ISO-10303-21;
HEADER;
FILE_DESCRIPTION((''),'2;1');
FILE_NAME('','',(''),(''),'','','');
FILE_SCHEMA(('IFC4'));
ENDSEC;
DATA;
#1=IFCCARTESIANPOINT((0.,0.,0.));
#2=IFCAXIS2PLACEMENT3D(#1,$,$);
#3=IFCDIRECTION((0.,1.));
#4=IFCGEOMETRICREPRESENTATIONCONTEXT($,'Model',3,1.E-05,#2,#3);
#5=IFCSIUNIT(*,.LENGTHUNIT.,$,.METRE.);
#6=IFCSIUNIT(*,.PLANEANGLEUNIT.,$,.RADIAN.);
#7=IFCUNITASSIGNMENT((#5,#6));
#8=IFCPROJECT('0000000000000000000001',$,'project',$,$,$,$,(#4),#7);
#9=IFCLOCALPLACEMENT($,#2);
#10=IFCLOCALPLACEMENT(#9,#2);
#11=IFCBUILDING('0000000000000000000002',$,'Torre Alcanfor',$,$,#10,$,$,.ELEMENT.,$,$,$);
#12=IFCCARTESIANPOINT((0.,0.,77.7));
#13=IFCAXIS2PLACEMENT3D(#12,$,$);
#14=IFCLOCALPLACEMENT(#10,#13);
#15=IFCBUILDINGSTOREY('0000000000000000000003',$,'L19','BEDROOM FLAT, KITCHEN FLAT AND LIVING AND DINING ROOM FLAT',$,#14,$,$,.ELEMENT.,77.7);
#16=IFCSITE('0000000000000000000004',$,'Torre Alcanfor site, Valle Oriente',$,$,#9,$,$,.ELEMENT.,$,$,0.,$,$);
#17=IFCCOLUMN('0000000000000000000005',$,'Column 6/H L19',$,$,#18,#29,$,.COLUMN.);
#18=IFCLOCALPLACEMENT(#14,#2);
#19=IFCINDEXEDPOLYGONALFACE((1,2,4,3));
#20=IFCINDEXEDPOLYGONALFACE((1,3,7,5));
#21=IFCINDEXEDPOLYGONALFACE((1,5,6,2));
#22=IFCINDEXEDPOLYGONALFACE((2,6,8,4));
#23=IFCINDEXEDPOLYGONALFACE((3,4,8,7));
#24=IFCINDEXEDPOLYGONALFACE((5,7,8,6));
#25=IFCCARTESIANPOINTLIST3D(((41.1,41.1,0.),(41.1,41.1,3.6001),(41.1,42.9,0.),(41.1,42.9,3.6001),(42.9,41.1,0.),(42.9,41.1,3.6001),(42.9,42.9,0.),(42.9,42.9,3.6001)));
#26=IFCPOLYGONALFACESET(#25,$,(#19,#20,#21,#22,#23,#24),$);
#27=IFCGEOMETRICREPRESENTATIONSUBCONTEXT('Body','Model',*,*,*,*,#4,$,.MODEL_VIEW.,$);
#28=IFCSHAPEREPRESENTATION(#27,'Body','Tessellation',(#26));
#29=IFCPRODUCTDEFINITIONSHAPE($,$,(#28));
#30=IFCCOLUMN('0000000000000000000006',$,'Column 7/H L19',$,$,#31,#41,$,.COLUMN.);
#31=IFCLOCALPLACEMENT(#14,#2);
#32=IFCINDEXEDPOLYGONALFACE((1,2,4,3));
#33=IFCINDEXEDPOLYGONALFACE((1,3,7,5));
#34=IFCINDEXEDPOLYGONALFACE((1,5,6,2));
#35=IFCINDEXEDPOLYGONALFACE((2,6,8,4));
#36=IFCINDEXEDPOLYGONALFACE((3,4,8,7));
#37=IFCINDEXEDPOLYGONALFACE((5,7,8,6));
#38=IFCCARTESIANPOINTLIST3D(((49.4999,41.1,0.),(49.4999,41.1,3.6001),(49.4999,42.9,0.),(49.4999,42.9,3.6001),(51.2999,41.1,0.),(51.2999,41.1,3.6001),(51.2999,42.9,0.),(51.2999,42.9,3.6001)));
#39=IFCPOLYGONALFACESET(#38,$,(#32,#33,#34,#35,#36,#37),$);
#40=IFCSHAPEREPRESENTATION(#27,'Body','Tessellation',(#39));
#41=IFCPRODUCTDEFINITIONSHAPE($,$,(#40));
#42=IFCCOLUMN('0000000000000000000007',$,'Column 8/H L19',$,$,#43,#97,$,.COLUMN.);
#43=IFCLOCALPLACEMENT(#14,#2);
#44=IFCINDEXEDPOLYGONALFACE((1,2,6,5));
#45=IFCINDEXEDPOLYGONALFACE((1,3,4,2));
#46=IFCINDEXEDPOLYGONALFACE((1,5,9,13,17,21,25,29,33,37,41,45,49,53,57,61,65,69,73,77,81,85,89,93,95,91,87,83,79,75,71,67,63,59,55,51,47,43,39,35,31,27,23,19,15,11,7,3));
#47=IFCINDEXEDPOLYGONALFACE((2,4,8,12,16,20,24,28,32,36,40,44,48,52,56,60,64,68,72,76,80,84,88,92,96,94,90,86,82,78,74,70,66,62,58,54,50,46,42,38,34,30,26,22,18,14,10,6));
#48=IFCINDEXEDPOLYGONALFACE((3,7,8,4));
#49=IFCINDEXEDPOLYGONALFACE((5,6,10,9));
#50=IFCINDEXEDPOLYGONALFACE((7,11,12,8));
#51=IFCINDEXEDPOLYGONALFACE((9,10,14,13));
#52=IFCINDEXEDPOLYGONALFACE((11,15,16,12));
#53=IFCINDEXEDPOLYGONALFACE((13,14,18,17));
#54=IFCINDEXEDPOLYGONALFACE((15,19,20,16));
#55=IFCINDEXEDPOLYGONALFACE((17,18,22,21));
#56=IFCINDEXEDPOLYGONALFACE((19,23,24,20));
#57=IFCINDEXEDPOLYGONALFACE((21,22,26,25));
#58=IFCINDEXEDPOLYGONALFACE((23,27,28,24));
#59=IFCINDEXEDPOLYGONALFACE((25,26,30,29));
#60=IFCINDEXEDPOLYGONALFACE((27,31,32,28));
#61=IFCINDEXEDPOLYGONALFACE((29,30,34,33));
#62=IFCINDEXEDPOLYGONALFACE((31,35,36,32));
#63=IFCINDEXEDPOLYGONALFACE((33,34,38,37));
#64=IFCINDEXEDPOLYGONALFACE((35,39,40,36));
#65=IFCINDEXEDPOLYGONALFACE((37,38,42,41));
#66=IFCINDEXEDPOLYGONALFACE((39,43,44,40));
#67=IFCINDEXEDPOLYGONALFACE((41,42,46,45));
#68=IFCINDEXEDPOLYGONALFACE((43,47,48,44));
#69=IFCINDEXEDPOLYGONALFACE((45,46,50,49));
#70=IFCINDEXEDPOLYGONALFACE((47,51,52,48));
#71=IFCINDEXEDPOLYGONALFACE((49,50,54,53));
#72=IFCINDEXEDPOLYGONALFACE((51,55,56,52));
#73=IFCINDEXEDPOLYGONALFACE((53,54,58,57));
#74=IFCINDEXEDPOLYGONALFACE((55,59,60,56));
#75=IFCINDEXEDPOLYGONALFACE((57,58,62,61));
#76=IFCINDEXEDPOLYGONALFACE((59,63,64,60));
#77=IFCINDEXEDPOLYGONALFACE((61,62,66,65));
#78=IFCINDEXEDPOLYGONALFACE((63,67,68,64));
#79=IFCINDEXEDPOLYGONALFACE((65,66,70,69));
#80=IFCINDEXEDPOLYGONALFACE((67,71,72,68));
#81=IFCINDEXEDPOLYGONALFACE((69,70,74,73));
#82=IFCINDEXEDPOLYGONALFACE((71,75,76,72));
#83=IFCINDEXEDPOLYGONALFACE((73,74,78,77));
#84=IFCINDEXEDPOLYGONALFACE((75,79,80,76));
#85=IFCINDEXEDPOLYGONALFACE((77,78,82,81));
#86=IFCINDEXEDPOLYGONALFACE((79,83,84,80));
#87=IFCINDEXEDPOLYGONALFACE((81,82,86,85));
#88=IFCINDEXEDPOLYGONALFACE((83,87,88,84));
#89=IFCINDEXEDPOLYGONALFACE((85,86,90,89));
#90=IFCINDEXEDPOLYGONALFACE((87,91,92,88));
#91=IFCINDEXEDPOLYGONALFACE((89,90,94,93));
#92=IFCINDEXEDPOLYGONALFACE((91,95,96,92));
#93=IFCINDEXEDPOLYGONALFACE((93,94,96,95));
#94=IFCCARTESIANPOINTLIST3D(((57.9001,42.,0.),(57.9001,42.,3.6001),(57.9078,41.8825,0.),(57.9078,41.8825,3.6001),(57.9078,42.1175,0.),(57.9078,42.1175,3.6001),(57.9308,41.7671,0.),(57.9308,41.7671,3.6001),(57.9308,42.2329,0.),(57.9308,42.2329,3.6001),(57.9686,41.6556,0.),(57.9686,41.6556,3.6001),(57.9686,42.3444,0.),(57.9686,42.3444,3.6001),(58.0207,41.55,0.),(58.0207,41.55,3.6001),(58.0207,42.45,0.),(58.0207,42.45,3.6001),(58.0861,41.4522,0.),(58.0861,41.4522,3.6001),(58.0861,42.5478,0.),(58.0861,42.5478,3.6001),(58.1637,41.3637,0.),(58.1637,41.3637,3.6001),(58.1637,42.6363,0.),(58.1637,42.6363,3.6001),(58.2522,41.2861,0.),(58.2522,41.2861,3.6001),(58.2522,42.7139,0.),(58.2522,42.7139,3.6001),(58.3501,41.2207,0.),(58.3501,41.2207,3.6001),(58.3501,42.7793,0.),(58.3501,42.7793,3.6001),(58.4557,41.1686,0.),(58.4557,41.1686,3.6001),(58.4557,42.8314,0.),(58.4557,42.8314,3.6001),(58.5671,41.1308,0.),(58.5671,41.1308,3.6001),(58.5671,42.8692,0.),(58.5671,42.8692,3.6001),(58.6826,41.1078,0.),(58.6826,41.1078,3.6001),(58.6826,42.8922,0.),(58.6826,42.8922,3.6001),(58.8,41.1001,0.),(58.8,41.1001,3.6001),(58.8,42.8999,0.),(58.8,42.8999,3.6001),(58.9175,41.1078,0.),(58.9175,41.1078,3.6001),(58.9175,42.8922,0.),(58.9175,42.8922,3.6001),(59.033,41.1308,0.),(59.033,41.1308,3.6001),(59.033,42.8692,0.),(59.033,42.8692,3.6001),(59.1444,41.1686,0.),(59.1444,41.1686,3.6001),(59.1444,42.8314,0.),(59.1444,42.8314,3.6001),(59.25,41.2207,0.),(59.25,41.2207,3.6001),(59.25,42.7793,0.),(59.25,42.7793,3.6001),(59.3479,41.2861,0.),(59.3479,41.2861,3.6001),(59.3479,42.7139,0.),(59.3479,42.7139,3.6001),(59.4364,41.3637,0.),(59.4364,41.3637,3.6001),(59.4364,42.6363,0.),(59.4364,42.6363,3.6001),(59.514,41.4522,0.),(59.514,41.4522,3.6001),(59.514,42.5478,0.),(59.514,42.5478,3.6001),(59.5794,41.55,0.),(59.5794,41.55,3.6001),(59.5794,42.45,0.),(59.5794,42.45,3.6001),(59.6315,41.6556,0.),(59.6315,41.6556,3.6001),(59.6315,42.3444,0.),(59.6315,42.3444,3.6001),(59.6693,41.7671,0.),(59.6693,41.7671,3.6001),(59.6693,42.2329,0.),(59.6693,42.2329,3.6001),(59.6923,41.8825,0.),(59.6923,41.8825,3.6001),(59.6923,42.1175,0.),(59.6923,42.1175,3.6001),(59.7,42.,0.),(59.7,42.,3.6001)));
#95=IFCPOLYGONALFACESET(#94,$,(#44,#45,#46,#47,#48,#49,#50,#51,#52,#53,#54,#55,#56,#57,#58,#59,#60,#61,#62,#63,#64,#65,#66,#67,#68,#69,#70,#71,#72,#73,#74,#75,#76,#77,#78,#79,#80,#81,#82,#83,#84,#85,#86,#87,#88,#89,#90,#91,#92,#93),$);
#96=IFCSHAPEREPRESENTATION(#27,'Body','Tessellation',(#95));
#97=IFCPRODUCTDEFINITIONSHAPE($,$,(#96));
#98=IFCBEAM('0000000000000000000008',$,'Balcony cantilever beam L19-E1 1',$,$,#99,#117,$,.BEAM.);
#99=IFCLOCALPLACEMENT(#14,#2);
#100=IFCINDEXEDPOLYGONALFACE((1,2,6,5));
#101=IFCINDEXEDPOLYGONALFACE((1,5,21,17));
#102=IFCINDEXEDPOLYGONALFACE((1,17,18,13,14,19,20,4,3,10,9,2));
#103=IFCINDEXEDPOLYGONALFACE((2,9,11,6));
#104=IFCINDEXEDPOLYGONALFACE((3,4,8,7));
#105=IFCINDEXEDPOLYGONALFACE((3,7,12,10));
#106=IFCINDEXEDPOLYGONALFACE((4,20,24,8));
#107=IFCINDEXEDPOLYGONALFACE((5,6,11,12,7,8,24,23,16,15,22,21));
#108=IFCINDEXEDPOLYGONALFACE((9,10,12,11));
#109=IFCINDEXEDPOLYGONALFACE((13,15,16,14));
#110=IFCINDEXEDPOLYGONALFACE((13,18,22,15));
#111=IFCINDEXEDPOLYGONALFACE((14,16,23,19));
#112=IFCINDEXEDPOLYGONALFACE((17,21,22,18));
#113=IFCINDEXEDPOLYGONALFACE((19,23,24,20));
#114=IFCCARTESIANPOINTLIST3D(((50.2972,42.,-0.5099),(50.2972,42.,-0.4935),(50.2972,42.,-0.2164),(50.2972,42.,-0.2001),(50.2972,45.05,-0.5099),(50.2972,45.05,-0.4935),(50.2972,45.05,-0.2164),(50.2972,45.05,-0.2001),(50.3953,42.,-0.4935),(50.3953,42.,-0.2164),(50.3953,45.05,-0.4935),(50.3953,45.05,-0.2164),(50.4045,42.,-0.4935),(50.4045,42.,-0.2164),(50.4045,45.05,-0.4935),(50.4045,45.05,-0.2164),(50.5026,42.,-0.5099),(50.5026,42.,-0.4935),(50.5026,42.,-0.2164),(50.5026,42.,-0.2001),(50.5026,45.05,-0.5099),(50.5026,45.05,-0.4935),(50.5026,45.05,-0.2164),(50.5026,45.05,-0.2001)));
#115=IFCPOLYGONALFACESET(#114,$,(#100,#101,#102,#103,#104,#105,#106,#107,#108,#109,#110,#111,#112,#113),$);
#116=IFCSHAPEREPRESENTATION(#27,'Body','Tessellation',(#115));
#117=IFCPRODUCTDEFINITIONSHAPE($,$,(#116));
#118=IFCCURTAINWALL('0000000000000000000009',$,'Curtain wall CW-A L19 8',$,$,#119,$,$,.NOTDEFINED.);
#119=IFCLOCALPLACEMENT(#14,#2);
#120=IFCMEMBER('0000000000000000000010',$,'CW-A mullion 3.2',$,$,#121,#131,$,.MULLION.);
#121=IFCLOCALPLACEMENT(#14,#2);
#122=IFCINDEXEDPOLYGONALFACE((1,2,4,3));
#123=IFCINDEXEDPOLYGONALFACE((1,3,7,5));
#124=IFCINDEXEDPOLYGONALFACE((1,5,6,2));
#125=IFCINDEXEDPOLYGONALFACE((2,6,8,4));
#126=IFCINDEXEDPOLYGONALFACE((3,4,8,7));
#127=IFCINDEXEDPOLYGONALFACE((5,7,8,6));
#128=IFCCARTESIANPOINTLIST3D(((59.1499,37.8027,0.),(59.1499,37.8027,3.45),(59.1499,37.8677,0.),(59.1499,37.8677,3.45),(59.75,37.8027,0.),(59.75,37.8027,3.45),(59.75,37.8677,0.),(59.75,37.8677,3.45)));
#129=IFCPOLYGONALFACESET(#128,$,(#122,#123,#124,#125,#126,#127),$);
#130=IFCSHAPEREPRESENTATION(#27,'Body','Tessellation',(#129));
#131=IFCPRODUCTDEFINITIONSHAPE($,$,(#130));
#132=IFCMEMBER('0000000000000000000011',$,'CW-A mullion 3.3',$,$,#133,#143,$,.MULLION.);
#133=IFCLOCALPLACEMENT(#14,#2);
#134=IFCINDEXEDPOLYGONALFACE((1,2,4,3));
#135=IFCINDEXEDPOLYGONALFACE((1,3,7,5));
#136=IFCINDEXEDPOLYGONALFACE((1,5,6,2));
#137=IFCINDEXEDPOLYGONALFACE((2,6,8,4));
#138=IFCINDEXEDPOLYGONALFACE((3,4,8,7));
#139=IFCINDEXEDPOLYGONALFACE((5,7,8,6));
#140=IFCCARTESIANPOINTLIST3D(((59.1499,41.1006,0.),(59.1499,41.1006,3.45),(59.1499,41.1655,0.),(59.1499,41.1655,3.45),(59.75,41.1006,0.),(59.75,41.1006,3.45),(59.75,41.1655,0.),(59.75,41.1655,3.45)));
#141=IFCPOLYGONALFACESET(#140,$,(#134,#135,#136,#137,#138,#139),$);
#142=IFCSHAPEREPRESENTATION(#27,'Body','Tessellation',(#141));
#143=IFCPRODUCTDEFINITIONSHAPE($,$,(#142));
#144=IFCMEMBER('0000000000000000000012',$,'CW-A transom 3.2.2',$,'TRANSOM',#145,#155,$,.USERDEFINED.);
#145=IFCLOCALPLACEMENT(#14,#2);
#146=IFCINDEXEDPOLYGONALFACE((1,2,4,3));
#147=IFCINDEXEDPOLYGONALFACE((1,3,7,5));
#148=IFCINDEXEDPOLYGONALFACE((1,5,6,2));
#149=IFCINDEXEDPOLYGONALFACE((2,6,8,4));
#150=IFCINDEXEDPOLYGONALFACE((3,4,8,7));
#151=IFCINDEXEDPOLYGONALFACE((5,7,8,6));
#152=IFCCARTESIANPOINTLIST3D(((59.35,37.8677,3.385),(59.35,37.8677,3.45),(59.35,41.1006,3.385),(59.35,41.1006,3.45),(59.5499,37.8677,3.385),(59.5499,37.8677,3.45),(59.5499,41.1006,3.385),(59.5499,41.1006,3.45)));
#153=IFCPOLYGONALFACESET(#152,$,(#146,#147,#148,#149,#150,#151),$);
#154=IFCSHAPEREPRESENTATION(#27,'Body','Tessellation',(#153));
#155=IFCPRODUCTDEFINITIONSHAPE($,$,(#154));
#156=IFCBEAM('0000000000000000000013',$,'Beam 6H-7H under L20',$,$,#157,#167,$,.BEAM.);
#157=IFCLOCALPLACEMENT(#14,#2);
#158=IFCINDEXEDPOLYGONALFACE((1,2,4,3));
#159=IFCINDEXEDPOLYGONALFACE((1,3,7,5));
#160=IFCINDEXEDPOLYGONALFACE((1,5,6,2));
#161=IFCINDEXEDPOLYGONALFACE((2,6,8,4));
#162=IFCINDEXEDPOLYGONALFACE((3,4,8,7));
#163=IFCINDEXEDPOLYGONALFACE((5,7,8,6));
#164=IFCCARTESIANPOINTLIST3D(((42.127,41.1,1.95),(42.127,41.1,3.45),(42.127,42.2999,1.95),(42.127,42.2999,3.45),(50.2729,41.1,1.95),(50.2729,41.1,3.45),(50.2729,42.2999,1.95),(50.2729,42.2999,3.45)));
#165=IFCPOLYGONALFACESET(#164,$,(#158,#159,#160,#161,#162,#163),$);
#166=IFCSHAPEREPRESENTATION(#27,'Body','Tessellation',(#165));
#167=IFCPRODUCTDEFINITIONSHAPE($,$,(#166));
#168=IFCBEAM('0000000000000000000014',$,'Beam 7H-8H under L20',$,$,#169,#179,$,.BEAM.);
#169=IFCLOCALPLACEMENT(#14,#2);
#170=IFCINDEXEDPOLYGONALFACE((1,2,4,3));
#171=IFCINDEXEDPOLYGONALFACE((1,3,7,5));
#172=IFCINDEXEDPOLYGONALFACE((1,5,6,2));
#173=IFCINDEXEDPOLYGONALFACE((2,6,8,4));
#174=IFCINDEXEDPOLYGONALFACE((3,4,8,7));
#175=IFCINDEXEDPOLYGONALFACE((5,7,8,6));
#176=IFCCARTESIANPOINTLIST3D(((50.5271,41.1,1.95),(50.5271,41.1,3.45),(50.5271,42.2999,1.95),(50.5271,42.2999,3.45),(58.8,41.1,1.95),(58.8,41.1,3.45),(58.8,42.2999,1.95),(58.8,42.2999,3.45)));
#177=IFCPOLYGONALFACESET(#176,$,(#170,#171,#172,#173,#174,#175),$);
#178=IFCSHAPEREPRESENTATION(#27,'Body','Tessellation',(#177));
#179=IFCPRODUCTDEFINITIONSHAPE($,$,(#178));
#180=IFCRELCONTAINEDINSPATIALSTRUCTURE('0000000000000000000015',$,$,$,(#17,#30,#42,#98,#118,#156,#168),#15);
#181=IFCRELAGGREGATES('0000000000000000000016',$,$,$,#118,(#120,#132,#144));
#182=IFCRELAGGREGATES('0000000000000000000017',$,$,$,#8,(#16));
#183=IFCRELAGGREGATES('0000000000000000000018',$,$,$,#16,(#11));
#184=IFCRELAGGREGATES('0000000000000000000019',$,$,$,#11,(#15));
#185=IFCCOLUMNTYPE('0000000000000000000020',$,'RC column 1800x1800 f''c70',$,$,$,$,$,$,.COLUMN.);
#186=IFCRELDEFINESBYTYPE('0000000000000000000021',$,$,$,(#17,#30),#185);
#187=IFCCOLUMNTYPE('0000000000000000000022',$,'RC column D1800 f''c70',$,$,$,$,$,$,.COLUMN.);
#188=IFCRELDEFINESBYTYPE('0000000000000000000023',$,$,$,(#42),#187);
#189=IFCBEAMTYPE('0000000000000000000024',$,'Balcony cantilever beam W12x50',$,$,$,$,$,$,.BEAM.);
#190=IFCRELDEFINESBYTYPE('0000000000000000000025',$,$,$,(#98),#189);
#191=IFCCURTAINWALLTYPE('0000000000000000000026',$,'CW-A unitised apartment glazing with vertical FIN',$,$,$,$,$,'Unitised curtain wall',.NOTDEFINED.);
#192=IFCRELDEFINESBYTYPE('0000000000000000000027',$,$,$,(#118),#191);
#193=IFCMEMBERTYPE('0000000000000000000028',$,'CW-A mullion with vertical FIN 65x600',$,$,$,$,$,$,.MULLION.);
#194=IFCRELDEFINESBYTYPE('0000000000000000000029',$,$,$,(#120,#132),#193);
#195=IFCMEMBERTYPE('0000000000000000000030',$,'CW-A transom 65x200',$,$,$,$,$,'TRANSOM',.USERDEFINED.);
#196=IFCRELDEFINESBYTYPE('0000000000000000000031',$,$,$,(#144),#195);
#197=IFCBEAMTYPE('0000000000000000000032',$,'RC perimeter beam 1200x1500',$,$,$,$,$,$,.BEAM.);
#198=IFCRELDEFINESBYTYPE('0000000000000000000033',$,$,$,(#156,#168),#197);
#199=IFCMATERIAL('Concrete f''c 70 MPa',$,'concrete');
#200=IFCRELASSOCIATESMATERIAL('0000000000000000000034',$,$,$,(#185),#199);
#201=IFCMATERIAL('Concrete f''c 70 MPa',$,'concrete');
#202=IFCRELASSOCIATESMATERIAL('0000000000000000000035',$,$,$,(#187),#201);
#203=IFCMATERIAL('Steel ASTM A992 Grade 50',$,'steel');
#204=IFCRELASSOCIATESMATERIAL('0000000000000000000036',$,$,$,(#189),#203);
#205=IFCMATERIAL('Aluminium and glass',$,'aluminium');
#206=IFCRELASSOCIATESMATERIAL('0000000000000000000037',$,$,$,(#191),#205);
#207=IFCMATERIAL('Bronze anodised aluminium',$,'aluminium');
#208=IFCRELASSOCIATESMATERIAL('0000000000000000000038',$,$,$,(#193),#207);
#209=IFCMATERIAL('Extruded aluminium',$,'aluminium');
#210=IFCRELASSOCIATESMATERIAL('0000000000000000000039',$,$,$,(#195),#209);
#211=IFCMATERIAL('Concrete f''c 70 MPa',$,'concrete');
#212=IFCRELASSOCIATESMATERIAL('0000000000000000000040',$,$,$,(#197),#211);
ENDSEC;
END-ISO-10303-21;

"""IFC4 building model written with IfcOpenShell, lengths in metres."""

from ifc_helpers import new_model, si_unit, direction, frame, origin, origin_2d, place, context, subcontext, project, spatial, rectangle, circle, i_section, extrude, material, material_profile, profile_set, type_object, element, aggregate, save


model = new_model("IFC4")

# Units and contexts
model_context = context("Model", 3, precision=1e-05, world=origin(), true_north=direction((0.0, 1.0)))
body_context = subcontext(model_context, "Body", "Model", "MODEL_VIEW")
ifc_project = project(units=[si_unit("LENGTHUNIT", "METRE"), si_unit("PLANEANGLEUNIT", "RADIAN")], contexts=[model_context])

# Site, building, storey
site_placement = place(None, origin())
site = spatial("IfcSite", under=ifc_project, at=site_placement, Name="Torre Alcanfor site, Valle Oriente", CompositionType="ELEMENT", RefElevation=0.0)
building_placement = place(site_placement, origin())
building = spatial("IfcBuilding", under=site, at=building_placement, Name="Torre Alcanfor", CompositionType="ELEMENT")
storey_placement = place(building_placement, frame((0.0, 0.0, 77.7)))
storey = spatial("IfcBuildingStorey", under=building, at=storey_placement, Name="L19", Description="BEDROOM FLAT, KITCHEN FLAT AND LIVING AND DINING ROOM FLAT", CompositionType="ELEMENT", Elevation=77.7)

# Columns
ifc_material_1 = material(Name="Concrete f'c 70 MPa", Category="concrete")
ifc_material_profile_1 = material_profile(ifc_material_1, rectangle(XDim=1.8, YDim=1.8, at=origin_2d()), Name="1800x1800")
ifc_profile_set_1 = profile_set([ifc_material_profile_1], Name="Concrete f'c 70 MPa")
column_type_1 = type_object("IfcColumnType", Name="RC column 1800x1800 f'c70", PredefinedType="COLUMN", material=ifc_profile_set_1)
for number, where, z_axis, x_axis, name in (
    (1, (42.0, 42.0, 0.0), (0.0, 0.0, 1.0), (1.0, 0.0, 0.0), "Column 6/H L19"),
    (2, (50.3999, 42.0, 0.0), (0.0, 0.0, 1.0), (1.0, 0.0, 0.0), "Column 7/H L19"),
):
    element("IfcColumn", number, at=place(storey_placement, frame(where, z_axis=z_axis, x_axis=x_axis)), inside=storey, type_object=column_type_1, Name=name, PredefinedType="COLUMN", context=body_context, shape_type="SweptSolid", body=[
        extrude(rectangle(XDim=1.8, YDim=1.8, at=origin_2d()), origin(), (0.0, 0.0, 1.0), 3.6001),
    ])
ifc_material_2 = material(Name="Concrete f'c 70 MPa", Category="concrete")
ifc_material_profile_2 = material_profile(ifc_material_2, circle(Radius=0.8999, at=origin_2d()), Name="D1800")
ifc_profile_set_2 = profile_set([ifc_material_profile_2], Name="Concrete f'c 70 MPa")
column_type_2 = type_object("IfcColumnType", Name="RC column D1800 f'c70", PredefinedType="COLUMN", material=ifc_profile_set_2)
column_placement = place(storey_placement, frame((58.8, 42.0, 0.0), z_axis=(0.0, 0.0, 1.0), x_axis=(1.0, 0.0, 0.0)))
element("IfcColumn", 3, at=column_placement, inside=storey, type_object=column_type_2, Name="Column 8/H L19", PredefinedType="COLUMN", context=body_context, shape_type="SweptSolid", body=[
    extrude(circle(Radius=0.8999, at=origin_2d()), origin(), (0.0, 0.0, 1.0), 3.6001),
])

# Beam
ifc_material_3 = material(Name="Steel ASTM A992 Grade 50", Category="steel")
ifc_material_profile_3 = material_profile(ifc_material_3, i_section(OverallWidth=0.2053, OverallDepth=0.3098, WebThickness=0.0093, FlangeThickness=0.0164, at=origin_2d()), Name="W12x50")
ifc_profile_set_3 = profile_set([ifc_material_profile_3], Name="Steel ASTM A992 Grade 50")
beam_type_1 = type_object("IfcBeamType", Name="Balcony cantilever beam W12x50", PredefinedType="BEAM", material=ifc_profile_set_3)
beam_1_placement = place(storey_placement, frame((50.3999, 42.0, -0.355), z_axis=(0.0, 1.0, 0.0), x_axis=(-1.0, 0.0, 0.0)))
element("IfcBeam", 4, at=beam_1_placement, inside=storey, type_object=beam_type_1, Name="Balcony cantilever beam L19-E1 1", PredefinedType="BEAM", context=body_context, shape_type="SweptSolid", body=[
    extrude(i_section(OverallWidth=0.2053, OverallDepth=0.3098, WebThickness=0.0093, FlangeThickness=0.0164, at=origin_2d()), origin(), (0.0, 0.0, 1.0), 3.05),
])

# Curtain wall, members
ifc_material_4 = material(Name="Aluminium and glass", Category="aluminium")
curtain_wall_type = type_object("IfcCurtainWallType", Name="CW-A unitised apartment glazing with vertical FIN", ElementType="Unitised curtain wall", PredefinedType="NOTDEFINED", material=ifc_material_4)
curtain_wall_placement = place(storey_placement, origin())
curtain_wall = element("IfcCurtainWall", 5, at=curtain_wall_placement, inside=storey, type_object=curtain_wall_type, Name="Curtain wall CW-A L19 8", PredefinedType="NOTDEFINED")
ifc_material_5 = material(Name="Bronze anodised aluminium", Category="aluminium")
ifc_material_profile_4 = material_profile(ifc_material_5, rectangle(XDim=0.6001, YDim=0.0649, at=origin_2d()), Name="CW-A mullion 65x600")
ifc_profile_set_4 = profile_set([ifc_material_profile_4], Name="Bronze anodised aluminium")
member_type_1 = type_object("IfcMemberType", Name="CW-A mullion with vertical FIN 65x600", PredefinedType="MULLION", material=ifc_profile_set_4)
member_1_placement = place(storey_placement, frame((59.45, 37.8352, 0.0), z_axis=(0.0, 0.0, 1.0), x_axis=(-1.0, 0.0, 0.0)))
member_1 = element("IfcMember", 6, at=member_1_placement, type_object=member_type_1, Name="CW-A mullion 3.2", PredefinedType="MULLION", context=body_context, shape_type="SweptSolid", body=[
    extrude(rectangle(XDim=0.6001, YDim=0.0649, at=origin_2d()), origin(), (0.0, 0.0, 1.0), 3.45),
])
member_2_placement = place(storey_placement, frame((59.45, 41.1331, 0.0), z_axis=(0.0, 0.0, 1.0), x_axis=(-1.0, 0.0, 0.0)))
member_2 = element("IfcMember", 7, at=member_2_placement, type_object=member_type_1, Name="CW-A mullion 3.3", PredefinedType="MULLION", context=body_context, shape_type="SweptSolid", body=[
    extrude(rectangle(XDim=0.6001, YDim=0.0649, at=origin_2d()), origin(), (0.0, 0.0, 1.0), 3.45),
])
ifc_material_6 = material(Name="Extruded aluminium", Category="aluminium")
ifc_material_profile_5 = material_profile(ifc_material_6, rectangle(XDim=0.2, YDim=0.0649, at=origin_2d()), Name="CW-A transom 200x65")
ifc_profile_set_5 = profile_set([ifc_material_profile_5], Name="Extruded aluminium")
member_type_2 = type_object("IfcMemberType", Name="CW-A transom 65x200", ElementType="TRANSOM", PredefinedType="USERDEFINED", material=ifc_profile_set_5)
member_3_placement = place(storey_placement, frame((59.45, 37.8677, 3.4175), z_axis=(0.0, 1.0, 0.0), x_axis=(-1.0, 0.0, 0.0)))
member_3 = element("IfcMember", 8, at=member_3_placement, type_object=member_type_2, Name="CW-A transom 3.2.2", ObjectType="TRANSOM", PredefinedType="USERDEFINED", context=body_context, shape_type="SweptSolid", body=[
    extrude(rectangle(XDim=0.2, YDim=0.0649, at=origin_2d()), origin(), (0.0, 0.0, 1.0), 3.2329),
])

# Beams
ifc_material_7 = material(Name="Concrete f'c 70 MPa", Category="concrete")
ifc_material_profile_6 = material_profile(ifc_material_7, rectangle(XDim=1.2, YDim=1.5, at=origin_2d()), Name="1200x1500")
ifc_profile_set_6 = profile_set([ifc_material_profile_6], Name="Concrete f'c 70 MPa")
beam_type_2 = type_object("IfcBeamType", Name="RC perimeter beam 1200x1500", PredefinedType="BEAM", material=ifc_profile_set_6)
beam_2_placement = place(storey_placement, frame((42.127, 41.7, 2.7), z_axis=(1.0, 0.0, 0.0), x_axis=(0.0, 1.0, 0.0)))
element("IfcBeam", 9, at=beam_2_placement, inside=storey, type_object=beam_type_2, Name="Beam 6H-7H under L20", PredefinedType="BEAM", context=body_context, shape_type="SweptSolid", body=[
    extrude(rectangle(XDim=1.2, YDim=1.5, at=origin_2d()), origin(), (0.0, 0.0, 1.0), 8.146),
])
beam_3_placement = place(storey_placement, frame((50.5271, 41.7, 2.7), z_axis=(1.0, 0.0, 0.0), x_axis=(0.0, 1.0, 0.0)))
element("IfcBeam", 10, at=beam_3_placement, inside=storey, type_object=beam_type_2, Name="Beam 7H-8H under L20", PredefinedType="BEAM", context=body_context, shape_type="SweptSolid", body=[
    extrude(rectangle(XDim=1.2, YDim=1.5, at=origin_2d()), origin(), (0.0, 0.0, 1.0), 8.2729),
])

aggregate(curtain_wall, [member_1, member_2, member_3])

save(model, "model.ifc")
